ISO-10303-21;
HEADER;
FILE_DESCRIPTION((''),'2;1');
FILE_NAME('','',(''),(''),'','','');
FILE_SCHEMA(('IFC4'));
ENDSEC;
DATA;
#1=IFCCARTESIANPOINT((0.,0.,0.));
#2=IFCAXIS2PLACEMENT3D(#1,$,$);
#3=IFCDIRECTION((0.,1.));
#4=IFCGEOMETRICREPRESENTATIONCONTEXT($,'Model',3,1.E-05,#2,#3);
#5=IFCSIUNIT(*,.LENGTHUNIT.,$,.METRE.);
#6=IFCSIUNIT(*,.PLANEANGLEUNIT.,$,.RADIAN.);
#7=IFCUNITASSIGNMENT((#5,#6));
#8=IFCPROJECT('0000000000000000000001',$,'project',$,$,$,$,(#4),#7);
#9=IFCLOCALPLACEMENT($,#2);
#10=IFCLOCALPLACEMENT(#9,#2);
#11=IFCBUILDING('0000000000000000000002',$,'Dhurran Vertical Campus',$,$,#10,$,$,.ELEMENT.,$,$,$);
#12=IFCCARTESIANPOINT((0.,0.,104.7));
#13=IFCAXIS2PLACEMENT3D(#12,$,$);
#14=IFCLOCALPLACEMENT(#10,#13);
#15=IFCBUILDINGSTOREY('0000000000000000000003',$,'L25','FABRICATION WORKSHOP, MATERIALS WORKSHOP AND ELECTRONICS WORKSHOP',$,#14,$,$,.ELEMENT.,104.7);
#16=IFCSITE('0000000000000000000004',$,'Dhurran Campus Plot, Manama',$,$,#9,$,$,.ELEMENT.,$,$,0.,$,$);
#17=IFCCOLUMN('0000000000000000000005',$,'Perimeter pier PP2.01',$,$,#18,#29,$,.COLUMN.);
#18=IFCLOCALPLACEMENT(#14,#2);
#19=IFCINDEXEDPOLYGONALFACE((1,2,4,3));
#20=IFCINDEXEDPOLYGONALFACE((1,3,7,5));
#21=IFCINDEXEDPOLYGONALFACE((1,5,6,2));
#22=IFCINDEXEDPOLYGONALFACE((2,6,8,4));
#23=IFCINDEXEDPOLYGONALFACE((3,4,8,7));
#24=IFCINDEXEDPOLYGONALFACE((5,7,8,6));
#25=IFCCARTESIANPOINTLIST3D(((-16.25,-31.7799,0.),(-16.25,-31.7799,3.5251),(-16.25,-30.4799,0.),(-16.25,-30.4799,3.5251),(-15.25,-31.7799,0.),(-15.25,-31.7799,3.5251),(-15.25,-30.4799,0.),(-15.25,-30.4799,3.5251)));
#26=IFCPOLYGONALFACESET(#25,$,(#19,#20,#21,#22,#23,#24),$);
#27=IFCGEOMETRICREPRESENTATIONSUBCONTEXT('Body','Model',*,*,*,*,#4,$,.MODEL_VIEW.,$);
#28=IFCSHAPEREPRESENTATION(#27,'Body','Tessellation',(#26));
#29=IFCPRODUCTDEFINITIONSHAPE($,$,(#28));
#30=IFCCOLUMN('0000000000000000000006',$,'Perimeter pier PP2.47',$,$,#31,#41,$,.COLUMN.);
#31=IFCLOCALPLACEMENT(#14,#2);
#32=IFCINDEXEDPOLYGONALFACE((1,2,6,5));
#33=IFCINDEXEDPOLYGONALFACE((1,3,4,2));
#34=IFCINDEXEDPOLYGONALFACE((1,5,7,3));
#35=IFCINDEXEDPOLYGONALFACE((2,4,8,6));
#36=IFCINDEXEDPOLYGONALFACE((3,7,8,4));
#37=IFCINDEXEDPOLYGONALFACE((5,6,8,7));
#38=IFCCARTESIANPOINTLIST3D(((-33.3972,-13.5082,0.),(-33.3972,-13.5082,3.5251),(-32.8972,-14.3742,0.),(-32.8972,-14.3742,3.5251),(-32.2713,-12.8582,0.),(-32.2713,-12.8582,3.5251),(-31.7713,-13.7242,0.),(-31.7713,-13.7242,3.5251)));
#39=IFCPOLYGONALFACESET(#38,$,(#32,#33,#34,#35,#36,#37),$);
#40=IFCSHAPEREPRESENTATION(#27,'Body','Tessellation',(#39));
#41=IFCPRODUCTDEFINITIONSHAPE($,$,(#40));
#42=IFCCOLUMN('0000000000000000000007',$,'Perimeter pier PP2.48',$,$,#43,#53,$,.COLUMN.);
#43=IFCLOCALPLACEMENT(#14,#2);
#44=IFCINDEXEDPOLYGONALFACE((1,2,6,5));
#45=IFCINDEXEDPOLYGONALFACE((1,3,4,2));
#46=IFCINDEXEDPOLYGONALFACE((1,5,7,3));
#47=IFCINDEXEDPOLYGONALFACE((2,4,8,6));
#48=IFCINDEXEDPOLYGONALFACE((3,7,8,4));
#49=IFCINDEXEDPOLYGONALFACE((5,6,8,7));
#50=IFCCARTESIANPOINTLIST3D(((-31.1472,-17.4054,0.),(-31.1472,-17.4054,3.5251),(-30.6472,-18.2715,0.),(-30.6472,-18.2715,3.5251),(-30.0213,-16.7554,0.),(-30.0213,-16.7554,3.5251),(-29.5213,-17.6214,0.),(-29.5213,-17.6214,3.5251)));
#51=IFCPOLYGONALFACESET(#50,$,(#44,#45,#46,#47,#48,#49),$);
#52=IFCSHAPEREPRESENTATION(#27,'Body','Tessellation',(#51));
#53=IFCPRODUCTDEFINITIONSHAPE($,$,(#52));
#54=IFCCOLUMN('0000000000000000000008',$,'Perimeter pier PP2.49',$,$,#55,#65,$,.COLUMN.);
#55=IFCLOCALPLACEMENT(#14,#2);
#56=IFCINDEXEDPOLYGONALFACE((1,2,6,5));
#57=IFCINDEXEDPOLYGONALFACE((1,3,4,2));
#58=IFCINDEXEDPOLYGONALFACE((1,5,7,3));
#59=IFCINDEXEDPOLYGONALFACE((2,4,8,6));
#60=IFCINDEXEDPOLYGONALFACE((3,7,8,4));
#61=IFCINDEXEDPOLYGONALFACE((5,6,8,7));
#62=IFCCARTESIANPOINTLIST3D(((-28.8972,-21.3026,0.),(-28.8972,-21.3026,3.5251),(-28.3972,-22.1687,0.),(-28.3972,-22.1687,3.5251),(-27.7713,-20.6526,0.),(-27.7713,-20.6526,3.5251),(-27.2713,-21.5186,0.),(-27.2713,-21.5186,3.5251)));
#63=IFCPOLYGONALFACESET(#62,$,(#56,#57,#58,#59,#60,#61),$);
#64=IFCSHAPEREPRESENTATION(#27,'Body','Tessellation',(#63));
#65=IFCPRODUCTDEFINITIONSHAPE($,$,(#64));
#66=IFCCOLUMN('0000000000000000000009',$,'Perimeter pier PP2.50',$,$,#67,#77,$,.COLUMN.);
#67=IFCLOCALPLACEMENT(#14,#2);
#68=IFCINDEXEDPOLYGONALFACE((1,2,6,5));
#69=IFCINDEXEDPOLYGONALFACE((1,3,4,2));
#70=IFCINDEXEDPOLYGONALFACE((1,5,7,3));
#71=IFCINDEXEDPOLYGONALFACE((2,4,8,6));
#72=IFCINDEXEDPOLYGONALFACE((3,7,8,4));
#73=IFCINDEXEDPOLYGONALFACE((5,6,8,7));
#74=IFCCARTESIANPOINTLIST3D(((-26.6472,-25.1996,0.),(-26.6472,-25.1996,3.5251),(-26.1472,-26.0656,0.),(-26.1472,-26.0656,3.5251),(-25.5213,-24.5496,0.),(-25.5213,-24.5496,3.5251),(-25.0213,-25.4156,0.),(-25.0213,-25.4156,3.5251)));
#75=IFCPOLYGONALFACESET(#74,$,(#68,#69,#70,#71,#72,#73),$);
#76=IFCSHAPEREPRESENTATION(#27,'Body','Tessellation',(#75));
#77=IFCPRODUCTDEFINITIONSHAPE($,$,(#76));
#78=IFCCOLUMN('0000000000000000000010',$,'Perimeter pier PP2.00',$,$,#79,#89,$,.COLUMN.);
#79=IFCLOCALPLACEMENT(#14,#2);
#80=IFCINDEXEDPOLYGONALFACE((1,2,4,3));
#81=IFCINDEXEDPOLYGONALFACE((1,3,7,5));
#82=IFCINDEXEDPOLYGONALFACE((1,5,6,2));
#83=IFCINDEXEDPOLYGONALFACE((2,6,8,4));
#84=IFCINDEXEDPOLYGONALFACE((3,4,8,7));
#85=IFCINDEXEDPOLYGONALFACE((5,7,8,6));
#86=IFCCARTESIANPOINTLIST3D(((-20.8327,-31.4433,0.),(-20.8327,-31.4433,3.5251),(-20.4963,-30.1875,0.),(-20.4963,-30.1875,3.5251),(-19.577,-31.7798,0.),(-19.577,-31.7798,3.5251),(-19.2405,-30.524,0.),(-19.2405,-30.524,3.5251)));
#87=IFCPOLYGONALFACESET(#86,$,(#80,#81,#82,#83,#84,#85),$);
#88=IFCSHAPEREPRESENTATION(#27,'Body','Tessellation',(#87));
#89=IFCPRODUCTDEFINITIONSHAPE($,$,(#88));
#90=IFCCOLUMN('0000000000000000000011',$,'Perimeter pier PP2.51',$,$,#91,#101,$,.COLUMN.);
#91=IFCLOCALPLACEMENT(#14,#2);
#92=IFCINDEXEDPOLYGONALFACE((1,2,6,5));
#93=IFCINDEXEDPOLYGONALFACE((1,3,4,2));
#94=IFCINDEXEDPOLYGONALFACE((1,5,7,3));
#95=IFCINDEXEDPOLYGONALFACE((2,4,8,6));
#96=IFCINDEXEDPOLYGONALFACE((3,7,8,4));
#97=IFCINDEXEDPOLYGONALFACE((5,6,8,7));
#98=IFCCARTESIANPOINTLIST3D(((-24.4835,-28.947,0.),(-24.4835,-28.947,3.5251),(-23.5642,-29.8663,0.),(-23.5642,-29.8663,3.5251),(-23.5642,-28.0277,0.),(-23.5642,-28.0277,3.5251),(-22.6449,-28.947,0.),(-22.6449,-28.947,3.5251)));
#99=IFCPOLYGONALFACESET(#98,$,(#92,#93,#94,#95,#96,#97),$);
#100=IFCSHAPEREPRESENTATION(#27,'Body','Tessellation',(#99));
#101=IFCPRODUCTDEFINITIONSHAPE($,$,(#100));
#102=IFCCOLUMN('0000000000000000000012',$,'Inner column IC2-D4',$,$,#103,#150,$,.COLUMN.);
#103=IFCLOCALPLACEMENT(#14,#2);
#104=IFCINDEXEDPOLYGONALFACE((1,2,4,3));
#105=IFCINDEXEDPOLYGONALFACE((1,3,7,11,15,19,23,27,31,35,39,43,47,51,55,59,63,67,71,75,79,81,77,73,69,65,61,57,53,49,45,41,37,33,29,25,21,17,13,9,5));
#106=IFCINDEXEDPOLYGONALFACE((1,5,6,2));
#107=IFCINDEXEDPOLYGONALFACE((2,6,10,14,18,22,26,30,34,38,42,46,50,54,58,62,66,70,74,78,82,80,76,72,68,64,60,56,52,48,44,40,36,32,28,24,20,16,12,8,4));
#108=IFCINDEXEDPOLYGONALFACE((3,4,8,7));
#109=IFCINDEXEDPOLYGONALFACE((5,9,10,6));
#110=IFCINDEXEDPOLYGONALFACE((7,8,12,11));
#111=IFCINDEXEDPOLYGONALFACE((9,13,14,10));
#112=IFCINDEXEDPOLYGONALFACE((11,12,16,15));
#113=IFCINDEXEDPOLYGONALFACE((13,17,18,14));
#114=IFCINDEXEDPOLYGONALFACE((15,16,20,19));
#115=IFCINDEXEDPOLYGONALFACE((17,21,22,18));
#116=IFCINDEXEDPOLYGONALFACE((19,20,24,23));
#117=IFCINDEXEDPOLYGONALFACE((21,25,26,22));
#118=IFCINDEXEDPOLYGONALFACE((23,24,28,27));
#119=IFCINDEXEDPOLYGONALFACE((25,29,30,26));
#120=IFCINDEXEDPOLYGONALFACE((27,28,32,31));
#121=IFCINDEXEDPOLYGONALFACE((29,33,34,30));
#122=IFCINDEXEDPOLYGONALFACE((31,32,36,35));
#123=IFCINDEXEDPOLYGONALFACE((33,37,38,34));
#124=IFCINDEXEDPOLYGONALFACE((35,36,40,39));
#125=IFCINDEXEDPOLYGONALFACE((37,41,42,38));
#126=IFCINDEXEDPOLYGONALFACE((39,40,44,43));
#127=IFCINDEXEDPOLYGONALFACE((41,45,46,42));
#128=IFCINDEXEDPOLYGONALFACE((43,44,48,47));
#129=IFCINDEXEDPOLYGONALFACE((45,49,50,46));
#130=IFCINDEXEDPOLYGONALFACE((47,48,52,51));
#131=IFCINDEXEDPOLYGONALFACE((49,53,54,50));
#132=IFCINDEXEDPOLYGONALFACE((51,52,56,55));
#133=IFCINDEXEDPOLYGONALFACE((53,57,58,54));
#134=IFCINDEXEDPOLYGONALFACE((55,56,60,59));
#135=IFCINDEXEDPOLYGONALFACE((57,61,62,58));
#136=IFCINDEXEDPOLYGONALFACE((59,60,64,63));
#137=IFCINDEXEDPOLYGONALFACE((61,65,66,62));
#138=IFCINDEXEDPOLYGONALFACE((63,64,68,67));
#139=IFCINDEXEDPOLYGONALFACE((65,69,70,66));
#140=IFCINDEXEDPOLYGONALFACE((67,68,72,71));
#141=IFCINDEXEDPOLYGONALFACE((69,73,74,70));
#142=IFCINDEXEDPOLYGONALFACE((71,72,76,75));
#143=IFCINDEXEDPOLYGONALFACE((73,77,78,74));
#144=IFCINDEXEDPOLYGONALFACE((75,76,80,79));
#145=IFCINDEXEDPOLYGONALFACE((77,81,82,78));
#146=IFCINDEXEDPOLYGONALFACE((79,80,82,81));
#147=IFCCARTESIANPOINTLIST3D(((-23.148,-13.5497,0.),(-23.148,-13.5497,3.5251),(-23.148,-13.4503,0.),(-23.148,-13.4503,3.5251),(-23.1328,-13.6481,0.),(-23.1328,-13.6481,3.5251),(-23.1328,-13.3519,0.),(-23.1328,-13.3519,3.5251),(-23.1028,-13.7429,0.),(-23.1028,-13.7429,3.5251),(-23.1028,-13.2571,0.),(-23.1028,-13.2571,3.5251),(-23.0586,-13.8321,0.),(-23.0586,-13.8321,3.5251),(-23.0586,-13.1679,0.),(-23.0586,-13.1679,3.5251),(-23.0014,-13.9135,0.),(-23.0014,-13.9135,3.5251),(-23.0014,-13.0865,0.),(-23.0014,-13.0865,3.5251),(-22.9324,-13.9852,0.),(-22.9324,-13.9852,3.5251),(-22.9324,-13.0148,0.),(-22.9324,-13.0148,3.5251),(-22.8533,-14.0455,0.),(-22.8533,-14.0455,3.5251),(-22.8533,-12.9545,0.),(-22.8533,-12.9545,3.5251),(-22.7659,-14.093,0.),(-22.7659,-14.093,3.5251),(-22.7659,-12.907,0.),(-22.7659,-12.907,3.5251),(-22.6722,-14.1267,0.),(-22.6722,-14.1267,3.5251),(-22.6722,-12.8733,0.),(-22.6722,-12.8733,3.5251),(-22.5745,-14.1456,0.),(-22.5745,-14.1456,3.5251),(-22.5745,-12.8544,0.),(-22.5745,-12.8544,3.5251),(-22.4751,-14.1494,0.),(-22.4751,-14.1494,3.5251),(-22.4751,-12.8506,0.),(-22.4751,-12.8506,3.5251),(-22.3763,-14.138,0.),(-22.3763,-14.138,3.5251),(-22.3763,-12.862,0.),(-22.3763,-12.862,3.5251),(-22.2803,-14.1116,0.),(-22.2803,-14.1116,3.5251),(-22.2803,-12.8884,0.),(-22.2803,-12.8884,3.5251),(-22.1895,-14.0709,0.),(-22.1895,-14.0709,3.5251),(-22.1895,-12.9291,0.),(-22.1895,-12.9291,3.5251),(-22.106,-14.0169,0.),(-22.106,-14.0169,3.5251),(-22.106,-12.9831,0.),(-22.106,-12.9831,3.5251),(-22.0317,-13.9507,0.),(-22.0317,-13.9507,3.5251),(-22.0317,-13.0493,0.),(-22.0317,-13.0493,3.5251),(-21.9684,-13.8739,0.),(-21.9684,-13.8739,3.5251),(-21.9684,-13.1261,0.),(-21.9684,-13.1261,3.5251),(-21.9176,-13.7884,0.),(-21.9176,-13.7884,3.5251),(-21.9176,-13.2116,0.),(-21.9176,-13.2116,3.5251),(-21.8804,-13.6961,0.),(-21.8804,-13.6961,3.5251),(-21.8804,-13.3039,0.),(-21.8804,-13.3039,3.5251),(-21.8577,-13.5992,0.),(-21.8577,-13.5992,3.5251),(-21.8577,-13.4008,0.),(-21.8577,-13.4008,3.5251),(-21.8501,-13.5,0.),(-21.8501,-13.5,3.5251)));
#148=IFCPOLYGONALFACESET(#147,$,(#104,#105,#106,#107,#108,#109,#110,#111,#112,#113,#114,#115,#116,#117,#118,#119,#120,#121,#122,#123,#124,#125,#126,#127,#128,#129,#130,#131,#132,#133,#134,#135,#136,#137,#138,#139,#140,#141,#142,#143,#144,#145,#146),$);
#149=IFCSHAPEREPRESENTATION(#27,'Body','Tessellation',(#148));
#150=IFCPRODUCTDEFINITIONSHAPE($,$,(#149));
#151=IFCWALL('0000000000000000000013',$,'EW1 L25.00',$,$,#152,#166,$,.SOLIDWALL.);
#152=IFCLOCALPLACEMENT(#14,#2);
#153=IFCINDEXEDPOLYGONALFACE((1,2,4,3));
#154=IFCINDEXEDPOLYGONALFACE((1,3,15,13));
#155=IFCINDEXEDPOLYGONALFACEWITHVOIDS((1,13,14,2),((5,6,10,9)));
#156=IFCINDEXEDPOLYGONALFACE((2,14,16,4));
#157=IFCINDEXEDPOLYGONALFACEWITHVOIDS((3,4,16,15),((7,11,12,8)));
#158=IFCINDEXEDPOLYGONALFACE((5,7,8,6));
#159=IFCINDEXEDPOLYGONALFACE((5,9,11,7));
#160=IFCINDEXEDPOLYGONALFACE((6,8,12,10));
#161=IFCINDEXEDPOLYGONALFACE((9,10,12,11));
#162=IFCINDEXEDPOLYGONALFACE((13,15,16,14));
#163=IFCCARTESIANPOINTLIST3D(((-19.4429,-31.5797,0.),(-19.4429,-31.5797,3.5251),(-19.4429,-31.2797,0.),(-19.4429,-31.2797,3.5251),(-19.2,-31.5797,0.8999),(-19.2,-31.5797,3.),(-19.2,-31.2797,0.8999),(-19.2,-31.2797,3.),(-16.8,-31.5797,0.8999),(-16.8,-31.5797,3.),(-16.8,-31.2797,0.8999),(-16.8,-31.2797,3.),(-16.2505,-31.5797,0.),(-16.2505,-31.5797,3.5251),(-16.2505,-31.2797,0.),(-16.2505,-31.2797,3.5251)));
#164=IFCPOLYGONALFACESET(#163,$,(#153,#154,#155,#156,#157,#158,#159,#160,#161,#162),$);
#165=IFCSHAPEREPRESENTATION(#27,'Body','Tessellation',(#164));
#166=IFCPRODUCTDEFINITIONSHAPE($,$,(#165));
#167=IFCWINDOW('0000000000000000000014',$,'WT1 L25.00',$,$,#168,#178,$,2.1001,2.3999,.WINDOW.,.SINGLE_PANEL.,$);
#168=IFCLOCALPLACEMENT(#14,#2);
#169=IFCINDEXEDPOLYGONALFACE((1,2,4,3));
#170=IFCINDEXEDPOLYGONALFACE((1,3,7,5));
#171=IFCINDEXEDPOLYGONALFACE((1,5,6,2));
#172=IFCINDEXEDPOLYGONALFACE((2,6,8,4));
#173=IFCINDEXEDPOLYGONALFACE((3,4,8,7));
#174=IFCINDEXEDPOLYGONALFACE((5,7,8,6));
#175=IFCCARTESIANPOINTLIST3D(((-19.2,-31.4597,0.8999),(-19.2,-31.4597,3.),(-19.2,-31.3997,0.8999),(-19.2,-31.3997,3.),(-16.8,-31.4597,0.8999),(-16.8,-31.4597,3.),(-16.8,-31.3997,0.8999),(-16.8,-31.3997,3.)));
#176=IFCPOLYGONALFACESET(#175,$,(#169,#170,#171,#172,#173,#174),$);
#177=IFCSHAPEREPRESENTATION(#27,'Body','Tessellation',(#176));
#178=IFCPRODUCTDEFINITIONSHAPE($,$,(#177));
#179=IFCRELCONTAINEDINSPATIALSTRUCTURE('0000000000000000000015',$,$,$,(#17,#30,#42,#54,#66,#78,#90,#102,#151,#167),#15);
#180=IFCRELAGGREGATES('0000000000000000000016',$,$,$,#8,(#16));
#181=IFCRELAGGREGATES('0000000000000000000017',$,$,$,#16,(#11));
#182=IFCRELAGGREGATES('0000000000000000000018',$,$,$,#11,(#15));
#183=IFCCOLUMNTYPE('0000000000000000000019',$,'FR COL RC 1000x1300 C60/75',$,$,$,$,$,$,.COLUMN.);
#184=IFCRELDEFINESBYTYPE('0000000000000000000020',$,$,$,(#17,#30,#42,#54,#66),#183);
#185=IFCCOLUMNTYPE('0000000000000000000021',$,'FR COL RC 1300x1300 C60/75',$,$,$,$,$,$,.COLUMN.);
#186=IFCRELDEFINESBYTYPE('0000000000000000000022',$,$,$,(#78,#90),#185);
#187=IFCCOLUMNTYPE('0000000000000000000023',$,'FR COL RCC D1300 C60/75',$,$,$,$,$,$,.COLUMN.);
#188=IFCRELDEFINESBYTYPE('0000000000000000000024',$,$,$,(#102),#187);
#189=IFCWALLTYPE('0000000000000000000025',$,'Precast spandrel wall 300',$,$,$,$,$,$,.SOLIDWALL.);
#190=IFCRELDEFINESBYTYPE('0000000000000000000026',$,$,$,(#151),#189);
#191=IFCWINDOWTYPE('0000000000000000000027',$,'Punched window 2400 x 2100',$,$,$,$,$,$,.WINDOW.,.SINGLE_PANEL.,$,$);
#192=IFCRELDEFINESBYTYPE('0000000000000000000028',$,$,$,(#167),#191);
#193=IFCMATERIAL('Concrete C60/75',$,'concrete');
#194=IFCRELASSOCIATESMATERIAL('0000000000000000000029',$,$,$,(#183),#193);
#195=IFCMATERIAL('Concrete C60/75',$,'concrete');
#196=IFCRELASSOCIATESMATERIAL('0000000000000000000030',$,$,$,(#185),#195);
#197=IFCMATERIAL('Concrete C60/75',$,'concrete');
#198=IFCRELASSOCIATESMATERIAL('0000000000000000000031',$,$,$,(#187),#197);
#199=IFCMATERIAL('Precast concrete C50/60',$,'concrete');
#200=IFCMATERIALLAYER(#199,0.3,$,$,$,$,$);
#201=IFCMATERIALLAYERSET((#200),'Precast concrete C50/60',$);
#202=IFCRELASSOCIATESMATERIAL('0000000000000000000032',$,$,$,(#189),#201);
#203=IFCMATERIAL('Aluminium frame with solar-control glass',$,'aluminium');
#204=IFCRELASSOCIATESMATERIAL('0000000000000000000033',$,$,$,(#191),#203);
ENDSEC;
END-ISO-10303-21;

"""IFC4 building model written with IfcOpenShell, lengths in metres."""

from ifc_helpers import new_model, si_unit, direction, frame, frame_2d, origin, origin_2d, place, context, subcontext, project, spatial, rectangle, circle, extrude, material, layer, layer_set, material_profile, profile_set, type_object, element, fill, save


model = new_model("IFC4")

# Units and contexts
model_context = context("Model", 3, precision=1e-05, world=origin(), true_north=direction((0.0, 1.0)))
body_context = subcontext(model_context, "Body", "Model", "MODEL_VIEW")
ifc_project = project(units=[si_unit("LENGTHUNIT", "METRE"), si_unit("PLANEANGLEUNIT", "RADIAN")], contexts=[model_context])

# Site, building, storey
site_placement = place(None, origin())
site = spatial("IfcSite", under=ifc_project, at=site_placement, Name="Dhurran Campus Plot, Manama", CompositionType="ELEMENT", RefElevation=0.0)
building_placement = place(site_placement, origin())
building = spatial("IfcBuilding", under=site, at=building_placement, Name="Dhurran Vertical Campus", CompositionType="ELEMENT")
storey_placement = place(building_placement, frame((0.0, 0.0, 104.7)))
storey = spatial("IfcBuildingStorey", under=building, at=storey_placement, Name="L25", Description="FABRICATION WORKSHOP, MATERIALS WORKSHOP AND ELECTRONICS WORKSHOP", CompositionType="ELEMENT", Elevation=104.7)

# Columns
ifc_material_1 = material(Name="Concrete C60/75", Category="concrete")
ifc_material_profile_1 = material_profile(ifc_material_1, rectangle(XDim=1.0, YDim=1.3, at=origin_2d()), Name="RC 1000x1300")
ifc_profile_set_1 = profile_set([ifc_material_profile_1], Name="Concrete C60/75")
column_type_1 = type_object("IfcColumnType", Name="FR COL RC 1000x1300 C60/75", PredefinedType="COLUMN", material=ifc_profile_set_1)
for number, where, z_axis, x_axis, name in (
    (1, (-15.75, -31.1299, 0.0), (0.0, 0.0, 1.0), (1.0, 0.0, 0.0), "Perimeter pier PP2.01"),
    (2, (-32.5842, -13.6162, 0.0), (0.0, 0.0, 1.0), (0.5, -0.866025, 0.0), "Perimeter pier PP2.47"),
    (3, (-30.3342, -17.5134, 0.0), (0.0, 0.0, 1.0), (0.5, -0.866025, 0.0), "Perimeter pier PP2.48"),
    (4, (-28.0842, -21.4106, 0.0), (0.0, 0.0, 1.0), (0.5, -0.866025, 0.0), "Perimeter pier PP2.49"),
    (5, (-25.8342, -25.3076, 0.0), (0.0, 0.0, 1.0), (0.5, -0.866025, 0.0), "Perimeter pier PP2.50"),
):
    element("IfcColumn", number, at=place(storey_placement, frame(where, z_axis=z_axis, x_axis=x_axis)), inside=storey, type_object=column_type_1, Name=name, PredefinedType="COLUMN", context=body_context, shape_type="SweptSolid", body=[
        extrude(rectangle(XDim=1.0, YDim=1.3, at=origin_2d()), origin(), (0.0, 0.0, 1.0), 3.5251),
    ])
ifc_material_2 = material(Name="Concrete C60/75", Category="concrete")
ifc_material_profile_2 = material_profile(ifc_material_2, rectangle(XDim=1.3, YDim=1.3, at=origin_2d()), Name="RC 1300x1300")
ifc_profile_set_2 = profile_set([ifc_material_profile_2], Name="Concrete C60/75")
column_type_2 = type_object("IfcColumnType", Name="FR COL RC 1300x1300 C60/75", PredefinedType="COLUMN", material=ifc_profile_set_2)
for number, where, z_axis, x_axis, name in (
    (6, (-20.0366, -30.9836, 0.0), (0.0, 0.0, 1.0), (0.965926, -0.258819, 0.0), "Perimeter pier PP2.00"),
    (7, (-23.5642, -28.947, 0.0), (0.0, 0.0, 1.0), (0.707107, -0.707107, 0.0), "Perimeter pier PP2.51"),
):
    element("IfcColumn", number, at=place(storey_placement, frame(where, z_axis=z_axis, x_axis=x_axis)), inside=storey, type_object=column_type_2, Name=name, PredefinedType="COLUMN", context=body_context, shape_type="SweptSolid", body=[
        extrude(rectangle(XDim=1.3, YDim=1.3, at=origin_2d()), origin(), (0.0, 0.0, 1.0), 3.5251),
    ])
ifc_material_3 = material(Name="Concrete C60/75", Category="concrete")
ifc_material_profile_3 = material_profile(ifc_material_3, circle(Radius=0.6499, at=origin_2d()), Name="RCC D1300")
ifc_profile_set_3 = profile_set([ifc_material_profile_3], Name="Concrete C60/75")
column_type_3 = type_object("IfcColumnType", Name="FR COL RCC D1300 C60/75", PredefinedType="COLUMN", material=ifc_profile_set_3)
column_placement = place(storey_placement, frame((-22.5, -13.5, 0.0), z_axis=(0.0, 0.0, 1.0), x_axis=(1.0, 0.0, 0.0)))
element("IfcColumn", 8, at=column_placement, inside=storey, type_object=column_type_3, Name="Inner column IC2-D4", PredefinedType="COLUMN", context=body_context, shape_type="SweptSolid", body=[
    extrude(circle(Radius=0.6499, at=origin_2d()), origin(), (0.0, 0.0, 1.0), 3.5251),
])

# Wall, opening, window
ifc_material_4 = material(Name="Precast concrete C50/60", Category="concrete")
ifc_layer_1 = layer(ifc_material_4, 0.3)
ifc_layer_set_1 = layer_set([ifc_layer_1], Name="Precast concrete C50/60")
wall_type_1 = type_object("IfcWallType", Name="Precast spandrel wall 300", PredefinedType="SOLIDWALL", material=ifc_layer_set_1)
wall_1_placement = place(storey_placement, frame((-19.4429, -31.4297, 0.0), z_axis=(0.0, 0.0, 1.0), x_axis=(1.0, 0.0, 0.0)))
wall_1 = element("IfcWall", 9, at=wall_1_placement, inside=storey, type_object=wall_type_1, Name="EW1 L25.00", PredefinedType="SOLIDWALL", context=body_context, shape_type="SweptSolid", body=[
    extrude(rectangle(XDim=3.1924, YDim=0.3, at=frame_2d((1.5962, 0.0))), origin(), (0.0, 0.0, 1.0), 3.5251),
])
opening_1_placement = place(wall_1_placement, frame((0.2429, 0.0, 0.8999)))
opening_1 = element("IfcOpeningElement", 10, at=opening_1_placement, cuts=wall_1, PredefinedType="OPENING", context=body_context, shape_type="SweptSolid", body=[
    extrude(rectangle(XDim=2.3999, YDim=2.1001, at=frame_2d((1.2, 1.05))), frame((0.0, 0.1599, 0.0), z_axis=(0.0, -1.0, 0.0), x_axis=(1.0, 0.0, 0.0)), (0.0, 0.0, 1.0), 0.3201),
])
ifc_material_5 = material(Name="Aluminium frame with solar-control glass", Category="aluminium")
window_type = type_object("IfcWindowType", Name="Punched window 2400 x 2100", PartitioningType="SINGLE_PANEL", PredefinedType="WINDOW", material=ifc_material_5)
window_1_placement = place(opening_1_placement, origin())
window_1 = element("IfcWindow", 11, at=window_1_placement, inside=storey, type_object=window_type, Name="WT1 L25.00", OverallHeight=2.1001, OverallWidth=2.3999, PartitioningType="SINGLE_PANEL", PredefinedType="WINDOW", context=body_context, shape_type="SweptSolid", body=[
    extrude(rectangle(XDim=2.3999, YDim=2.1001, at=frame_2d((1.2, 1.05))), frame((0.0, 0.03, 0.0), z_axis=(0.0, -1.0, 0.0), x_axis=(1.0, 0.0, 0.0)), (0.0, 0.0, 1.0), 0.0601),
])
fill(opening_1, window_1)

save(model, "model.ifc")
